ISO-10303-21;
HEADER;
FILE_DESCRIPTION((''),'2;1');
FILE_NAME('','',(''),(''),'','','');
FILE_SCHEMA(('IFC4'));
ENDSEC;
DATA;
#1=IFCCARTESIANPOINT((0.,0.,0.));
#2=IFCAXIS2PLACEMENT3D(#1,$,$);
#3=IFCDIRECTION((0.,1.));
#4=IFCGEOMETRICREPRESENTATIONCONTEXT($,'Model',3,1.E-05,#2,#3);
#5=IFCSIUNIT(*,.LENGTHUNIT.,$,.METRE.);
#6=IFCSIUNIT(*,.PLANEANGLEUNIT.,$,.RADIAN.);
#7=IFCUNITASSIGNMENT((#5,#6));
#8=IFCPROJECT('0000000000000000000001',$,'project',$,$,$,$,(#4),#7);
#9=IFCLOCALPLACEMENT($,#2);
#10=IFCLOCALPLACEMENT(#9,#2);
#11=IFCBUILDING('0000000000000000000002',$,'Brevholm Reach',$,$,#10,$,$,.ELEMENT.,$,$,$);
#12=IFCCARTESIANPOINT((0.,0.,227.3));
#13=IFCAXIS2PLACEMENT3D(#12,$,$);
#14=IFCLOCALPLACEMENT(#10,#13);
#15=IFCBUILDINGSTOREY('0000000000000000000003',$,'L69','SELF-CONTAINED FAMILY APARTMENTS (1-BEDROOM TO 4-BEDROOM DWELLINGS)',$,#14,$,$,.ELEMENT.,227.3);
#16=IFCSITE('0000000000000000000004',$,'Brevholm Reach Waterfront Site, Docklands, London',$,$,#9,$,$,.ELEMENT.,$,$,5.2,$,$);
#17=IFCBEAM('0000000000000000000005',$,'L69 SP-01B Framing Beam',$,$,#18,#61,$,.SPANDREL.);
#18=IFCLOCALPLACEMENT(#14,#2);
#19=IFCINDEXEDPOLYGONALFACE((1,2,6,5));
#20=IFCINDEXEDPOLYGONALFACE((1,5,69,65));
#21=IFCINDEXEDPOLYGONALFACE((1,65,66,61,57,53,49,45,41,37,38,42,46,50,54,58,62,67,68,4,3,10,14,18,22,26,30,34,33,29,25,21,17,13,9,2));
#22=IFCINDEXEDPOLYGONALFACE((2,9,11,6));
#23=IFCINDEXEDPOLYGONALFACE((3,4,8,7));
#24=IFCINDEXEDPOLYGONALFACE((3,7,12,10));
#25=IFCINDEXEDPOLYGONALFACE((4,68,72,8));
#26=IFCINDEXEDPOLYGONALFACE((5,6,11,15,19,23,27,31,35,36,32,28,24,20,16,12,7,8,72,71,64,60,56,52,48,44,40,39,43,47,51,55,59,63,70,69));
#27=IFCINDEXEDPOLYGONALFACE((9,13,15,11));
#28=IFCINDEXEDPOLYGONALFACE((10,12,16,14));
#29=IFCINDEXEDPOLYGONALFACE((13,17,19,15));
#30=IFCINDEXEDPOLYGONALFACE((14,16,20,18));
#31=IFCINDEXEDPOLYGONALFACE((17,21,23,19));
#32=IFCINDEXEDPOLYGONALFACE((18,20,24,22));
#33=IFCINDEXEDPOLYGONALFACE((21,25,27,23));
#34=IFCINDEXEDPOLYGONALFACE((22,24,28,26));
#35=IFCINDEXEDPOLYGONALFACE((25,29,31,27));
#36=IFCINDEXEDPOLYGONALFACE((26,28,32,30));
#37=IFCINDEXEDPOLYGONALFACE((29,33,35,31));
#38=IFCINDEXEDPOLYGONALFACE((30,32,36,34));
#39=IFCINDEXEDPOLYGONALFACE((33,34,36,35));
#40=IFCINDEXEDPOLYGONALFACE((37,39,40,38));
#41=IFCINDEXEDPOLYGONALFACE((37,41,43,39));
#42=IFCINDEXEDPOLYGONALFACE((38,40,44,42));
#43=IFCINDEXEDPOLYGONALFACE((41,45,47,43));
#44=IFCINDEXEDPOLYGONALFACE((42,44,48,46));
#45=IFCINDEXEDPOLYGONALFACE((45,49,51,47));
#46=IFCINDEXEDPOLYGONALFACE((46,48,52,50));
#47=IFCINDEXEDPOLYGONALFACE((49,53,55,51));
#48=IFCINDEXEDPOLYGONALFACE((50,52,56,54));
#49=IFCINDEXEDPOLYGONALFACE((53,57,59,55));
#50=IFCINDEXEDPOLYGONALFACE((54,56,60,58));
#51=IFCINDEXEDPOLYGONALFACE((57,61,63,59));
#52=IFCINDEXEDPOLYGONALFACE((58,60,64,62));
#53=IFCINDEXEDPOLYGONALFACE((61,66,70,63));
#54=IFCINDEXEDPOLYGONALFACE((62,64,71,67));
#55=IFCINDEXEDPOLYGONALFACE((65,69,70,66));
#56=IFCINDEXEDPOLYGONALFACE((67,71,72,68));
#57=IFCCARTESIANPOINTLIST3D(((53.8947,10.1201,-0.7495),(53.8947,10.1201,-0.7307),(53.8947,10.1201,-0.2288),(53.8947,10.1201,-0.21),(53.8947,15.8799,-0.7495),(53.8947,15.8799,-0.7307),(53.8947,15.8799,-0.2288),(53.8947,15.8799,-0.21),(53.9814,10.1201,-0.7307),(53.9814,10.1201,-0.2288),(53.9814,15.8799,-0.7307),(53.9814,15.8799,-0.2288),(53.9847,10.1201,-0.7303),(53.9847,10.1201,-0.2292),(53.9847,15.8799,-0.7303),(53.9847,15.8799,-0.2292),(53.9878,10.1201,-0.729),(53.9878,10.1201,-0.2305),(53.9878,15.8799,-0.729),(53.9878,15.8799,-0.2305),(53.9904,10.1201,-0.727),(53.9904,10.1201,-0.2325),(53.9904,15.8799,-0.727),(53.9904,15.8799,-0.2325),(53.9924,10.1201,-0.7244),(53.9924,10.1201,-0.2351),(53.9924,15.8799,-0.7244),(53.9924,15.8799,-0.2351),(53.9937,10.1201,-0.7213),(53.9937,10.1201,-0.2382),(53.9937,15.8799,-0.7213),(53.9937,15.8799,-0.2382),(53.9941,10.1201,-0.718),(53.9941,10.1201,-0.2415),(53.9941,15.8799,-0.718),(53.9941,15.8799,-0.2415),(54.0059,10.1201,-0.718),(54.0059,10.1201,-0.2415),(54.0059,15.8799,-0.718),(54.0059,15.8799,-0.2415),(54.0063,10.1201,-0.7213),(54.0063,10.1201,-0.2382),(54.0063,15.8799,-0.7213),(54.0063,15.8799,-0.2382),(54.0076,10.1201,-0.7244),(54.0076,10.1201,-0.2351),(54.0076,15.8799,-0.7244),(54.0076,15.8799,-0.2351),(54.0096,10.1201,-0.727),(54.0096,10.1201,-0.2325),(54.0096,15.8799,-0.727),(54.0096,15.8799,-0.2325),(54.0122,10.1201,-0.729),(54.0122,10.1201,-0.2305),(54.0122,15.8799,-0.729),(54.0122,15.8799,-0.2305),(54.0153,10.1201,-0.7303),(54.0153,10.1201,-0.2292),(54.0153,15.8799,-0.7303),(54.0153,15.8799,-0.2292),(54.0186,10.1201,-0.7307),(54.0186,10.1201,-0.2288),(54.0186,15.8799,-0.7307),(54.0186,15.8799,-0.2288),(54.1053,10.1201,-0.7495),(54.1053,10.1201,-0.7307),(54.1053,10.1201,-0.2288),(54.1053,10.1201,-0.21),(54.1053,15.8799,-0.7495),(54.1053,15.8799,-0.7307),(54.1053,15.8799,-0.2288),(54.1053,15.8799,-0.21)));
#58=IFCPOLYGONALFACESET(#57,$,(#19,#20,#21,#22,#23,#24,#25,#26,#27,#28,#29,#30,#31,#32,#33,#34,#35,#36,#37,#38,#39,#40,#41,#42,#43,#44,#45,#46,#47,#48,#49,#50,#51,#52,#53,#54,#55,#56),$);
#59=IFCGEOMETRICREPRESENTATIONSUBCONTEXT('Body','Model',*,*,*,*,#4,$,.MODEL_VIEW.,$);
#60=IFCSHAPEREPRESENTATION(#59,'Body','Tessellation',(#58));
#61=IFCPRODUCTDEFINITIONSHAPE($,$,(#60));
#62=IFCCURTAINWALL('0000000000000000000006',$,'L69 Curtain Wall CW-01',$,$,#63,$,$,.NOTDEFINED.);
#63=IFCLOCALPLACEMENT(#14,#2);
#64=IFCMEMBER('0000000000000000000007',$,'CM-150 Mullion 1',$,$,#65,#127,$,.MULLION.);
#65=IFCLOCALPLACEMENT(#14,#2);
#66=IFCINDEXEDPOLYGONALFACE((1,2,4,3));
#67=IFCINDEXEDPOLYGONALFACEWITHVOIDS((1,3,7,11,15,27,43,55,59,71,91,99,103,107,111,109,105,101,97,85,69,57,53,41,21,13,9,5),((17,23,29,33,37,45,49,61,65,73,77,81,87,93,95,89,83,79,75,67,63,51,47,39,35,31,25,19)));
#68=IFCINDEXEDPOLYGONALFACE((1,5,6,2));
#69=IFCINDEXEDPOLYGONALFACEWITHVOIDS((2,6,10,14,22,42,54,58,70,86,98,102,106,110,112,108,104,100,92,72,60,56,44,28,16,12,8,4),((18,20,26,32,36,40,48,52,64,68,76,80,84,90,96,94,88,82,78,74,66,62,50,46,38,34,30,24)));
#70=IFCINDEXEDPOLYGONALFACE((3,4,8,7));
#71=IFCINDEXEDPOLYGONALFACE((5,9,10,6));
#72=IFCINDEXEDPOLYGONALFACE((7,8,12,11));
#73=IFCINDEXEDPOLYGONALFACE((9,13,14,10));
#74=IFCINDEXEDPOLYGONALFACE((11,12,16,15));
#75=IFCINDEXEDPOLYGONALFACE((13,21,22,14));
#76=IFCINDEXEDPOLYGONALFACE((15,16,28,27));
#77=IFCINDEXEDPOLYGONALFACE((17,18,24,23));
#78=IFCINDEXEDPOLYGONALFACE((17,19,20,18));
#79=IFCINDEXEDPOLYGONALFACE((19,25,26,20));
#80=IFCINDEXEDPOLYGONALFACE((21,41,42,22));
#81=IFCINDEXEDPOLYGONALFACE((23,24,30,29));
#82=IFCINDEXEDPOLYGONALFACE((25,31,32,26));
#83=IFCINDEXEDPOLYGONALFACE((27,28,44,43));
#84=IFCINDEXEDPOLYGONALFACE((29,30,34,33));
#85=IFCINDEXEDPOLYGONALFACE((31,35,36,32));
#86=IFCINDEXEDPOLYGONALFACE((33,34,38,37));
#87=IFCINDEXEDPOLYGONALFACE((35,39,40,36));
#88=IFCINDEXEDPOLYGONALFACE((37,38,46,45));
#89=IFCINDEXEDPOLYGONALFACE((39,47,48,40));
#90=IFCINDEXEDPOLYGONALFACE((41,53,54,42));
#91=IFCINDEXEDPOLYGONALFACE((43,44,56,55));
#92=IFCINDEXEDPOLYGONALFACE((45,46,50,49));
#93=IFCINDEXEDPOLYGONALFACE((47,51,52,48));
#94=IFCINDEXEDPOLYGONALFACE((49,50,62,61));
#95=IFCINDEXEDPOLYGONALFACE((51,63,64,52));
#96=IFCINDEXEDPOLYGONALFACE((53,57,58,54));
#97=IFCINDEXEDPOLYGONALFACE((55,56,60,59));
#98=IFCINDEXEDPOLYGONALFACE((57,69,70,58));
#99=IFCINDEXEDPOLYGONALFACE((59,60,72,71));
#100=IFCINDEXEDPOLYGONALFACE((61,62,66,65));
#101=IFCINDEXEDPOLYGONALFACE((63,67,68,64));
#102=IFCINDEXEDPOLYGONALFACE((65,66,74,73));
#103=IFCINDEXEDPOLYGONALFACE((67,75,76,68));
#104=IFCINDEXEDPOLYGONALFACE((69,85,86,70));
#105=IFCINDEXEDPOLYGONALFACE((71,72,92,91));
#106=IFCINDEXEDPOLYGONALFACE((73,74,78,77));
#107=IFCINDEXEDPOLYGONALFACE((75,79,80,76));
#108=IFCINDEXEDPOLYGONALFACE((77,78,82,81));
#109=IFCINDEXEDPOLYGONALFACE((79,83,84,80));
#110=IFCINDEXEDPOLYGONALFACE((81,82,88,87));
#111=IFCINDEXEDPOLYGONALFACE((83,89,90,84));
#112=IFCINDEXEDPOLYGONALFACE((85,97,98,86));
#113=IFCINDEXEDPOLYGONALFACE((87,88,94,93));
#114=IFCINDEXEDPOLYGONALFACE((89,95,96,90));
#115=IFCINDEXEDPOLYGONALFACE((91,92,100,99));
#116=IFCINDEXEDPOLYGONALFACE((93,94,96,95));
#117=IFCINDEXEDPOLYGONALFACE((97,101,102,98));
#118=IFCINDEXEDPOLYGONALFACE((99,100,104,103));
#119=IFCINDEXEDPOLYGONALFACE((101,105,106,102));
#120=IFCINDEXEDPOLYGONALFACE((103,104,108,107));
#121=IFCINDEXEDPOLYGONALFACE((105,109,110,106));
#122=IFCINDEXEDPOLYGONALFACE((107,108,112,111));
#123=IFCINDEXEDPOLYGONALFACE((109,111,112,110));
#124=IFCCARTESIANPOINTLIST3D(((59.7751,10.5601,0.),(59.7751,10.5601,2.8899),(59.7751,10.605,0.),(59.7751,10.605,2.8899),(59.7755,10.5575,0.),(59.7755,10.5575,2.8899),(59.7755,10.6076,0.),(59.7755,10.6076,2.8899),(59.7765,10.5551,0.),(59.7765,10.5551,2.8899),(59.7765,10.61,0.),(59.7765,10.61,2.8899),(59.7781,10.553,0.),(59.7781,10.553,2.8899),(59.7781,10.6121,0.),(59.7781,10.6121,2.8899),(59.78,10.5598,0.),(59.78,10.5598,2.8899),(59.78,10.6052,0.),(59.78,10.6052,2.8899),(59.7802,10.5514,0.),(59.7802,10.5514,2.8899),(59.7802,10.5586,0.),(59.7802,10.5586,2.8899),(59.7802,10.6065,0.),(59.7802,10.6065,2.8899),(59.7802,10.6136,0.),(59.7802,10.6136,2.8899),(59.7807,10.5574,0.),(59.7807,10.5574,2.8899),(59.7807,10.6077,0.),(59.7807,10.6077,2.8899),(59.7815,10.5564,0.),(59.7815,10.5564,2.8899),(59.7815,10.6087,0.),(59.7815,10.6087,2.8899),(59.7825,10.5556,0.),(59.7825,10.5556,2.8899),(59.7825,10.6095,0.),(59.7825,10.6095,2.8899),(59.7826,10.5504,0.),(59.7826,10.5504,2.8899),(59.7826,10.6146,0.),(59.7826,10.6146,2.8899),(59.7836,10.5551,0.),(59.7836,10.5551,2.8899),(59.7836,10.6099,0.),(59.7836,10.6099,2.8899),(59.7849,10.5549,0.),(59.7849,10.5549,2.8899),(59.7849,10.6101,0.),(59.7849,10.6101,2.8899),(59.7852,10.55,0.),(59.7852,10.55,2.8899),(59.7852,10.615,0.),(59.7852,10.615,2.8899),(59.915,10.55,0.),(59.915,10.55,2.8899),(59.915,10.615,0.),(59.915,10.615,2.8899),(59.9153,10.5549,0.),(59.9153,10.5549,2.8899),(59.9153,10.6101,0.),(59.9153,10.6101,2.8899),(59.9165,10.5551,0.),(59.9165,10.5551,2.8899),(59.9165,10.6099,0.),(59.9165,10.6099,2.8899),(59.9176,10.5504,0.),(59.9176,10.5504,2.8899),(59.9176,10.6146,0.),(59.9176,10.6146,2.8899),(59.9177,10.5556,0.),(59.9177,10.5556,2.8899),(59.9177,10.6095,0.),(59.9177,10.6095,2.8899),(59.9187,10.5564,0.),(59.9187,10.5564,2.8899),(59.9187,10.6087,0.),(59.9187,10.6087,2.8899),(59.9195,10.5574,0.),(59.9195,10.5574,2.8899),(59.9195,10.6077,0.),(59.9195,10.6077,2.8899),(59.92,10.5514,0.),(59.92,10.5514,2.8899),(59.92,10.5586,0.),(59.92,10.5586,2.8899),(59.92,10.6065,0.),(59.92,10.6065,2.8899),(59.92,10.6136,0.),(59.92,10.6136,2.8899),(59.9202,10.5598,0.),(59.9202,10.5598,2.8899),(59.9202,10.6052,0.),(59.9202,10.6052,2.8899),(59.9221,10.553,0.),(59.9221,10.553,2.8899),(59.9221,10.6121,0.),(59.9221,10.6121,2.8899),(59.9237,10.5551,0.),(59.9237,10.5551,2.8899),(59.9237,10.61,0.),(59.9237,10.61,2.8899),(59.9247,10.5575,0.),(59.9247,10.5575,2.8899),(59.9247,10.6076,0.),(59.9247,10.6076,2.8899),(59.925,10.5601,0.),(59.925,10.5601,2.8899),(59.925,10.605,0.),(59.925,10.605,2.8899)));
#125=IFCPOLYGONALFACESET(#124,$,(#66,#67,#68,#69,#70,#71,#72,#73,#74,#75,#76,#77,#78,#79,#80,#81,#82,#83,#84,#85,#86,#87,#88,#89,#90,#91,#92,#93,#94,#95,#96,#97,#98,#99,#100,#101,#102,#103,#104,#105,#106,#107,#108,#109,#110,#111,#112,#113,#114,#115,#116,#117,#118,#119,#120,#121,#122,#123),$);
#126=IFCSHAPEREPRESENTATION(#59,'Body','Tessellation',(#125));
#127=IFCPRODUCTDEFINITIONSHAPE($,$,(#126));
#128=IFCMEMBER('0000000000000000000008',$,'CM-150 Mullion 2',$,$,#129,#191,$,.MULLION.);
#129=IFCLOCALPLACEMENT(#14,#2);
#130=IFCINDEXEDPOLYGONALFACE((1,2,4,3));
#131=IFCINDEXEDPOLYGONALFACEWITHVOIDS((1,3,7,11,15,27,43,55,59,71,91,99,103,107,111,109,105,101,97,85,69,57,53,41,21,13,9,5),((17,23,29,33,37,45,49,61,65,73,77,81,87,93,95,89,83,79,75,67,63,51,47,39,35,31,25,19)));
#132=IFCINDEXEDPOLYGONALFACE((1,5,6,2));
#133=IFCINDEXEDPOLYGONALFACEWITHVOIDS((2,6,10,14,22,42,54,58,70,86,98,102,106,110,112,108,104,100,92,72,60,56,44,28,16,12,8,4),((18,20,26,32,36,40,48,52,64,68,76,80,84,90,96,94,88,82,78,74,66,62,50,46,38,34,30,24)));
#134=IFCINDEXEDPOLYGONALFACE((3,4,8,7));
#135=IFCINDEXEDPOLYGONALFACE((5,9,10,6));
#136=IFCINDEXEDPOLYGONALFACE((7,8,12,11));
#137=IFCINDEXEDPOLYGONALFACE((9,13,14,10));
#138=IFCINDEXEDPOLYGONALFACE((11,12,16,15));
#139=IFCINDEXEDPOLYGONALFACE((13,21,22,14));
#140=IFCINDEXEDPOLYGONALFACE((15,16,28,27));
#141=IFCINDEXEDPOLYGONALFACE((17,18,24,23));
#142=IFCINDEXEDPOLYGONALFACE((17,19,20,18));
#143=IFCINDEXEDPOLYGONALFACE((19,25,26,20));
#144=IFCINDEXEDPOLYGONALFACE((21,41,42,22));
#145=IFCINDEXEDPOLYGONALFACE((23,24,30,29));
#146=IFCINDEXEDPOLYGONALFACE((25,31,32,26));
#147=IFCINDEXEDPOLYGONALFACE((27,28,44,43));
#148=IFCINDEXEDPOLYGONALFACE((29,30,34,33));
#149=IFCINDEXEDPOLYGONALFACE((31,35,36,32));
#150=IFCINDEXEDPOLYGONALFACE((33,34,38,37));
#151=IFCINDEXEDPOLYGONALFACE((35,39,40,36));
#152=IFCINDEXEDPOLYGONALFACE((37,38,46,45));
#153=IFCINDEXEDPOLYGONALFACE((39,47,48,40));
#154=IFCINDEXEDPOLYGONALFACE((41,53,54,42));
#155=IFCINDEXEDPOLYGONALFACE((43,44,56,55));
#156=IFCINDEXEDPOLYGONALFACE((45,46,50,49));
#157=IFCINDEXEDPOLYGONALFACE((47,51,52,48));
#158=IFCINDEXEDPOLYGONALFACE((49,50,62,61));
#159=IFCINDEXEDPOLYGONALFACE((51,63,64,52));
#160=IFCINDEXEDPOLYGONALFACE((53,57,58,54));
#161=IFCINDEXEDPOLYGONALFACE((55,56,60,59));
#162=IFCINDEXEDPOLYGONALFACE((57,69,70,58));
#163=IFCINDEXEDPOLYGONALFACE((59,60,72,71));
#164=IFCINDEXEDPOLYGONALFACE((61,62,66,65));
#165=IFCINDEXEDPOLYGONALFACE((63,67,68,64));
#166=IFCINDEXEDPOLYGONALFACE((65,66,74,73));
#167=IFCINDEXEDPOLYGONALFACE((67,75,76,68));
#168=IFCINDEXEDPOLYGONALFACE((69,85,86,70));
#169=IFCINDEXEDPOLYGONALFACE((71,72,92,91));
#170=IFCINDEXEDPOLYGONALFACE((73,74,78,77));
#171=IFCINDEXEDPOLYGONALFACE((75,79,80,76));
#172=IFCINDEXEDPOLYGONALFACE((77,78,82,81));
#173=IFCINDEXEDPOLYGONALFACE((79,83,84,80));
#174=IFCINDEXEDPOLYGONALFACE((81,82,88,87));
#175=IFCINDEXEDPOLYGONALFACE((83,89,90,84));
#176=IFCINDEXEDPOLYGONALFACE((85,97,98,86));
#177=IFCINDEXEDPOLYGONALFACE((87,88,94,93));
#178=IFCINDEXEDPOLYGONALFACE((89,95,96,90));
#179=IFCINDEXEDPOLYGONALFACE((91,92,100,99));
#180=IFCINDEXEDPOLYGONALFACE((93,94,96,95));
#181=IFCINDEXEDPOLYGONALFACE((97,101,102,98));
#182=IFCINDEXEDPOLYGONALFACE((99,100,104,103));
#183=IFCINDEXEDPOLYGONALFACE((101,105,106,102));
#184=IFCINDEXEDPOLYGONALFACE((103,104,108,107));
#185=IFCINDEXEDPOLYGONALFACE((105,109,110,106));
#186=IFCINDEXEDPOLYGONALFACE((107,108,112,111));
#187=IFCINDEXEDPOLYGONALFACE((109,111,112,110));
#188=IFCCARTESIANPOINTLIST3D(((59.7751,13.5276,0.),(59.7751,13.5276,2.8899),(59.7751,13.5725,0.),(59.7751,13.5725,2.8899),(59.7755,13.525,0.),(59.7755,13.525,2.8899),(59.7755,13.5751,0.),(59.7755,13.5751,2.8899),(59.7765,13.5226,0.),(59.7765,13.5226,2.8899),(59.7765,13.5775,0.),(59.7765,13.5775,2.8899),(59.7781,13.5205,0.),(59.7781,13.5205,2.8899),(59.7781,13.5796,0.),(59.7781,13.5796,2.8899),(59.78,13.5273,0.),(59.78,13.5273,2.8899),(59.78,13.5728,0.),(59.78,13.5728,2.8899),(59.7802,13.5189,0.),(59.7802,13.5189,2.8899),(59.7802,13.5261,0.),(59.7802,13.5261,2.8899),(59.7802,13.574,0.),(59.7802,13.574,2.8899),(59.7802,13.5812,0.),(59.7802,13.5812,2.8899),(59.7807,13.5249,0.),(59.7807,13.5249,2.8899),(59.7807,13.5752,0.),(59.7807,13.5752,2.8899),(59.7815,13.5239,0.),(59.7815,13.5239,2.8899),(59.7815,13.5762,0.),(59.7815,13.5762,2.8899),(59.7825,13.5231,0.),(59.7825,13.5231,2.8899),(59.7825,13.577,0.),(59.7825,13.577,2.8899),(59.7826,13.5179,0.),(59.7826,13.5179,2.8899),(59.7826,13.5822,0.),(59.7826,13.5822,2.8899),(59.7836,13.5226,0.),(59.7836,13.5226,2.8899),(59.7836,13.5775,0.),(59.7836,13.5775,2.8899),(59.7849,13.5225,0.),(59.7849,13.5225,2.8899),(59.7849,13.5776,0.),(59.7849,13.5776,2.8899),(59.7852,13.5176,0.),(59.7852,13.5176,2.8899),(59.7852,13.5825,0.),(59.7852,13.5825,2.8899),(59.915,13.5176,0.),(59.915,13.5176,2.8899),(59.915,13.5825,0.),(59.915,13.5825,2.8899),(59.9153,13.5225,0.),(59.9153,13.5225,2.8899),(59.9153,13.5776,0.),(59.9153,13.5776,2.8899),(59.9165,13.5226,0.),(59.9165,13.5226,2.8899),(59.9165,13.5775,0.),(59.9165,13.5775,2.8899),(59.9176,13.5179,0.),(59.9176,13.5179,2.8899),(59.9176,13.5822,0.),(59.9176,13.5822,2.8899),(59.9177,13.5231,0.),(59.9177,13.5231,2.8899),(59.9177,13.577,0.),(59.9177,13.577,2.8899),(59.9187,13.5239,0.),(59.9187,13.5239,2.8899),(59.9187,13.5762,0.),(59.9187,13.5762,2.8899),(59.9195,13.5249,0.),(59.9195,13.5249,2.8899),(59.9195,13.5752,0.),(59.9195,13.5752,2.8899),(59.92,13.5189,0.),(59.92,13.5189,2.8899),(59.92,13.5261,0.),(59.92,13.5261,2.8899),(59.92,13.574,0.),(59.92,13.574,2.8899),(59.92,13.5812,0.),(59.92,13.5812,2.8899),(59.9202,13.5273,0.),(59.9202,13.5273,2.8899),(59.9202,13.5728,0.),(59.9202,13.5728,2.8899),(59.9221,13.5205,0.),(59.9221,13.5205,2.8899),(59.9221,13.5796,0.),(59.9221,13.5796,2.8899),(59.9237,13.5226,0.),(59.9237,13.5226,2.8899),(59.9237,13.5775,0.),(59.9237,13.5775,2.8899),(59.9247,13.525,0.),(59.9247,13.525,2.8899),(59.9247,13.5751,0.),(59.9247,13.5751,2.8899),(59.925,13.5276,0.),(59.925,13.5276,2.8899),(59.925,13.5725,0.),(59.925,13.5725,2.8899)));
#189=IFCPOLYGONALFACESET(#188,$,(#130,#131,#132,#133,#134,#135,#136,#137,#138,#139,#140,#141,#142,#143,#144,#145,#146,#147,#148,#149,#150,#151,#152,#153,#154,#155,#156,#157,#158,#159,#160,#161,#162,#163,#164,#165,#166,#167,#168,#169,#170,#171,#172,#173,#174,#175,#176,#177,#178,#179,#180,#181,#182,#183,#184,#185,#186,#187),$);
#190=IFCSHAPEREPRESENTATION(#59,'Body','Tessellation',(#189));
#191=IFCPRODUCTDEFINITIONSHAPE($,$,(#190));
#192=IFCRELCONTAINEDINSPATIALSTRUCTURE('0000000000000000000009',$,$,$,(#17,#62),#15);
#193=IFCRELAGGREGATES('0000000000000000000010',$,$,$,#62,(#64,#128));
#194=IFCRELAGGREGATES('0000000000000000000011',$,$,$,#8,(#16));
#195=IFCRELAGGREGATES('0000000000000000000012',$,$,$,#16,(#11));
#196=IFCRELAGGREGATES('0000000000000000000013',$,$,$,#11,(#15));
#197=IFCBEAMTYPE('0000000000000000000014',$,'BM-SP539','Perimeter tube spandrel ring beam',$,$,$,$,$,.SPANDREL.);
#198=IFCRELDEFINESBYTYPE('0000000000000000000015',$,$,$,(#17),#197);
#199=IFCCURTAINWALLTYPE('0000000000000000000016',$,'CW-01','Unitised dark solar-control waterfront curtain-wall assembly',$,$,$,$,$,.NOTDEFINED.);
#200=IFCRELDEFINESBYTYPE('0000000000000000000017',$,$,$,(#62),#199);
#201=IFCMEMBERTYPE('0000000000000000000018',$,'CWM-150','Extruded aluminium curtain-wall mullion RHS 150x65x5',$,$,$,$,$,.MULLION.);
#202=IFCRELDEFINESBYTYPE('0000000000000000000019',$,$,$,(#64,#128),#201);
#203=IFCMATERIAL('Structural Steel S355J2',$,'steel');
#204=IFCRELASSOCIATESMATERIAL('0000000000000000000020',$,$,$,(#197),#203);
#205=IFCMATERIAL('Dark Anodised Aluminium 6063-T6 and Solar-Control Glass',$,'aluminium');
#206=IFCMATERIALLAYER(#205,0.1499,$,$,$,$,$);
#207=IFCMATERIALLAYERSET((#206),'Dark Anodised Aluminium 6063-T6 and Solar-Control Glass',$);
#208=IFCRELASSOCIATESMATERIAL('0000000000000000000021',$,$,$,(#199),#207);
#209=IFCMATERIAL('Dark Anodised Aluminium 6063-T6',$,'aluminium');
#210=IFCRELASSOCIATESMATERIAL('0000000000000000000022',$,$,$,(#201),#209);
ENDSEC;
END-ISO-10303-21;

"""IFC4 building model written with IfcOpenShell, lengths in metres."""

from ifc_helpers import new_model, si_unit, direction, frame, origin, origin_2d, place, context, subcontext, project, spatial, hollow_rectangle, i_section, extrude, material, layer, layer_set, material_profile, profile_set, type_object, element, aggregate, save


model = new_model("IFC4")

# Units and contexts
model_context = context("Model", 3, precision=1e-05, world=origin(), true_north=direction((0.0, 1.0)))
body_context = subcontext(model_context, "Body", "Model", "MODEL_VIEW")
ifc_project = project(units=[si_unit("LENGTHUNIT", "METRE"), si_unit("PLANEANGLEUNIT", "RADIAN")], contexts=[model_context])

# Site, building, storey
site_placement = place(None, origin())
site = spatial("IfcSite", under=ifc_project, at=site_placement, Name="Brevholm Reach Waterfront Site, Docklands, London", CompositionType="ELEMENT", RefElevation=5.2)
building_placement = place(site_placement, origin())
building = spatial("IfcBuilding", under=site, at=building_placement, Name="Brevholm Reach", CompositionType="ELEMENT")
storey_placement = place(building_placement, frame((0.0, 0.0, 227.3)))
storey = spatial("IfcBuildingStorey", under=building, at=storey_placement, Name="L69", Description="SELF-CONTAINED FAMILY APARTMENTS (1-BEDROOM TO 4-BEDROOM DWELLINGS)", CompositionType="ELEMENT", Elevation=227.3)

# Beam
ifc_material_1 = material(Name="Structural Steel S355J2", Category="steel")
ifc_material_profile_1 = material_profile(ifc_material_1, i_section(OverallWidth=0.2107, OverallDepth=0.5396, WebThickness=0.0117, FlangeThickness=0.0188, FilletRadius=0.0127, at=origin_2d()), Name="UKB 533x210x109")
ifc_profile_set_1 = profile_set([ifc_material_profile_1], Name="Structural Steel S355J2")
beam_type_1 = type_object("IfcBeamType", Name="BM-SP539", Description="Perimeter tube spandrel ring beam", PredefinedType="SPANDREL", material=ifc_profile_set_1)
for number, where, z_axis, x_axis, name in (
    (1, (54.0, 10.1201, -0.4797), (0.0, 1.0, 0.0), (-1.0, 0.0, 0.0), "L69 SP-01B Framing Beam"),
):
    element("IfcBeam", number, at=place(storey_placement, frame(where, z_axis=z_axis, x_axis=x_axis)), inside=storey, type_object=beam_type_1, Name=name, PredefinedType="SPANDREL", context=body_context, shape_type="SweptSolid", body=[
        extrude(i_section(OverallWidth=0.2107, OverallDepth=0.5396, WebThickness=0.0117, FlangeThickness=0.0188, FilletRadius=0.0127, at=origin_2d()), origin(), (0.0, 0.0, 1.0), 5.7598),
    ])

# Curtain wall, members
ifc_material_2 = material(Name="Dark Anodised Aluminium 6063-T6 and Solar-Control Glass", Category="aluminium")
ifc_layer_1 = layer(ifc_material_2, 0.1499)
ifc_layer_set_1 = layer_set([ifc_layer_1], Name="Dark Anodised Aluminium 6063-T6 and Solar-Control Glass")
curtain_wall_type = type_object("IfcCurtainWallType", Name="CW-01", Description="Unitised dark solar-control waterfront curtain-wall assembly", PredefinedType="NOTDEFINED", material=ifc_layer_set_1)
curtain_wall_placement = place(storey_placement, origin())
curtain_wall = element("IfcCurtainWall", 2, at=curtain_wall_placement, inside=storey, type_object=curtain_wall_type, Name="L69 Curtain Wall CW-01", PredefinedType="NOTDEFINED")
ifc_material_3 = material(Name="Dark Anodised Aluminium 6063-T6", Category="aluminium")
ifc_material_profile_2 = material_profile(ifc_material_3, hollow_rectangle(XDim=0.0649, YDim=0.1499, WallThickness=0.0049, InnerFilletRadius=0.0049, OuterFilletRadius=0.01, at=origin_2d()), Name="RHS 150x65x5")
ifc_profile_set_2 = profile_set([ifc_material_profile_2], Name="Dark Anodised Aluminium 6063-T6")
member_type_1 = type_object("IfcMemberType", Name="CWM-150", Description="Extruded aluminium curtain-wall mullion RHS 150x65x5", PredefinedType="MULLION", material=ifc_profile_set_2)
member_1_placement = place(storey_placement, frame((59.8501, 10.5825, 0.0), z_axis=(0.0, 0.0, 1.0), x_axis=(0.0, 1.0, 0.0)))
member_1 = element("IfcMember", 3, at=member_1_placement, type_object=member_type_1, Name="CM-150 Mullion 1", PredefinedType="MULLION", context=body_context, shape_type="SweptSolid", body=[
    extrude(hollow_rectangle(XDim=0.0649, YDim=0.1499, WallThickness=0.0049, InnerFilletRadius=0.0049, OuterFilletRadius=0.01, at=origin_2d()), origin(), (0.0, 0.0, 1.0), 2.8899),
])
member_2_placement = place(storey_placement, frame((59.8501, 13.55, 0.0), z_axis=(0.0, 0.0, 1.0), x_axis=(0.0, 1.0, 0.0)))
member_2 = element("IfcMember", 4, at=member_2_placement, type_object=member_type_1, Name="CM-150 Mullion 2", PredefinedType="MULLION", context=body_context, shape_type="SweptSolid", body=[
    extrude(hollow_rectangle(XDim=0.0649, YDim=0.1499, WallThickness=0.0049, InnerFilletRadius=0.0049, OuterFilletRadius=0.01, at=origin_2d()), origin(), (0.0, 0.0, 1.0), 2.8899),
])
aggregate(curtain_wall, [member_1, member_2])

save(model, "model.ifc")
